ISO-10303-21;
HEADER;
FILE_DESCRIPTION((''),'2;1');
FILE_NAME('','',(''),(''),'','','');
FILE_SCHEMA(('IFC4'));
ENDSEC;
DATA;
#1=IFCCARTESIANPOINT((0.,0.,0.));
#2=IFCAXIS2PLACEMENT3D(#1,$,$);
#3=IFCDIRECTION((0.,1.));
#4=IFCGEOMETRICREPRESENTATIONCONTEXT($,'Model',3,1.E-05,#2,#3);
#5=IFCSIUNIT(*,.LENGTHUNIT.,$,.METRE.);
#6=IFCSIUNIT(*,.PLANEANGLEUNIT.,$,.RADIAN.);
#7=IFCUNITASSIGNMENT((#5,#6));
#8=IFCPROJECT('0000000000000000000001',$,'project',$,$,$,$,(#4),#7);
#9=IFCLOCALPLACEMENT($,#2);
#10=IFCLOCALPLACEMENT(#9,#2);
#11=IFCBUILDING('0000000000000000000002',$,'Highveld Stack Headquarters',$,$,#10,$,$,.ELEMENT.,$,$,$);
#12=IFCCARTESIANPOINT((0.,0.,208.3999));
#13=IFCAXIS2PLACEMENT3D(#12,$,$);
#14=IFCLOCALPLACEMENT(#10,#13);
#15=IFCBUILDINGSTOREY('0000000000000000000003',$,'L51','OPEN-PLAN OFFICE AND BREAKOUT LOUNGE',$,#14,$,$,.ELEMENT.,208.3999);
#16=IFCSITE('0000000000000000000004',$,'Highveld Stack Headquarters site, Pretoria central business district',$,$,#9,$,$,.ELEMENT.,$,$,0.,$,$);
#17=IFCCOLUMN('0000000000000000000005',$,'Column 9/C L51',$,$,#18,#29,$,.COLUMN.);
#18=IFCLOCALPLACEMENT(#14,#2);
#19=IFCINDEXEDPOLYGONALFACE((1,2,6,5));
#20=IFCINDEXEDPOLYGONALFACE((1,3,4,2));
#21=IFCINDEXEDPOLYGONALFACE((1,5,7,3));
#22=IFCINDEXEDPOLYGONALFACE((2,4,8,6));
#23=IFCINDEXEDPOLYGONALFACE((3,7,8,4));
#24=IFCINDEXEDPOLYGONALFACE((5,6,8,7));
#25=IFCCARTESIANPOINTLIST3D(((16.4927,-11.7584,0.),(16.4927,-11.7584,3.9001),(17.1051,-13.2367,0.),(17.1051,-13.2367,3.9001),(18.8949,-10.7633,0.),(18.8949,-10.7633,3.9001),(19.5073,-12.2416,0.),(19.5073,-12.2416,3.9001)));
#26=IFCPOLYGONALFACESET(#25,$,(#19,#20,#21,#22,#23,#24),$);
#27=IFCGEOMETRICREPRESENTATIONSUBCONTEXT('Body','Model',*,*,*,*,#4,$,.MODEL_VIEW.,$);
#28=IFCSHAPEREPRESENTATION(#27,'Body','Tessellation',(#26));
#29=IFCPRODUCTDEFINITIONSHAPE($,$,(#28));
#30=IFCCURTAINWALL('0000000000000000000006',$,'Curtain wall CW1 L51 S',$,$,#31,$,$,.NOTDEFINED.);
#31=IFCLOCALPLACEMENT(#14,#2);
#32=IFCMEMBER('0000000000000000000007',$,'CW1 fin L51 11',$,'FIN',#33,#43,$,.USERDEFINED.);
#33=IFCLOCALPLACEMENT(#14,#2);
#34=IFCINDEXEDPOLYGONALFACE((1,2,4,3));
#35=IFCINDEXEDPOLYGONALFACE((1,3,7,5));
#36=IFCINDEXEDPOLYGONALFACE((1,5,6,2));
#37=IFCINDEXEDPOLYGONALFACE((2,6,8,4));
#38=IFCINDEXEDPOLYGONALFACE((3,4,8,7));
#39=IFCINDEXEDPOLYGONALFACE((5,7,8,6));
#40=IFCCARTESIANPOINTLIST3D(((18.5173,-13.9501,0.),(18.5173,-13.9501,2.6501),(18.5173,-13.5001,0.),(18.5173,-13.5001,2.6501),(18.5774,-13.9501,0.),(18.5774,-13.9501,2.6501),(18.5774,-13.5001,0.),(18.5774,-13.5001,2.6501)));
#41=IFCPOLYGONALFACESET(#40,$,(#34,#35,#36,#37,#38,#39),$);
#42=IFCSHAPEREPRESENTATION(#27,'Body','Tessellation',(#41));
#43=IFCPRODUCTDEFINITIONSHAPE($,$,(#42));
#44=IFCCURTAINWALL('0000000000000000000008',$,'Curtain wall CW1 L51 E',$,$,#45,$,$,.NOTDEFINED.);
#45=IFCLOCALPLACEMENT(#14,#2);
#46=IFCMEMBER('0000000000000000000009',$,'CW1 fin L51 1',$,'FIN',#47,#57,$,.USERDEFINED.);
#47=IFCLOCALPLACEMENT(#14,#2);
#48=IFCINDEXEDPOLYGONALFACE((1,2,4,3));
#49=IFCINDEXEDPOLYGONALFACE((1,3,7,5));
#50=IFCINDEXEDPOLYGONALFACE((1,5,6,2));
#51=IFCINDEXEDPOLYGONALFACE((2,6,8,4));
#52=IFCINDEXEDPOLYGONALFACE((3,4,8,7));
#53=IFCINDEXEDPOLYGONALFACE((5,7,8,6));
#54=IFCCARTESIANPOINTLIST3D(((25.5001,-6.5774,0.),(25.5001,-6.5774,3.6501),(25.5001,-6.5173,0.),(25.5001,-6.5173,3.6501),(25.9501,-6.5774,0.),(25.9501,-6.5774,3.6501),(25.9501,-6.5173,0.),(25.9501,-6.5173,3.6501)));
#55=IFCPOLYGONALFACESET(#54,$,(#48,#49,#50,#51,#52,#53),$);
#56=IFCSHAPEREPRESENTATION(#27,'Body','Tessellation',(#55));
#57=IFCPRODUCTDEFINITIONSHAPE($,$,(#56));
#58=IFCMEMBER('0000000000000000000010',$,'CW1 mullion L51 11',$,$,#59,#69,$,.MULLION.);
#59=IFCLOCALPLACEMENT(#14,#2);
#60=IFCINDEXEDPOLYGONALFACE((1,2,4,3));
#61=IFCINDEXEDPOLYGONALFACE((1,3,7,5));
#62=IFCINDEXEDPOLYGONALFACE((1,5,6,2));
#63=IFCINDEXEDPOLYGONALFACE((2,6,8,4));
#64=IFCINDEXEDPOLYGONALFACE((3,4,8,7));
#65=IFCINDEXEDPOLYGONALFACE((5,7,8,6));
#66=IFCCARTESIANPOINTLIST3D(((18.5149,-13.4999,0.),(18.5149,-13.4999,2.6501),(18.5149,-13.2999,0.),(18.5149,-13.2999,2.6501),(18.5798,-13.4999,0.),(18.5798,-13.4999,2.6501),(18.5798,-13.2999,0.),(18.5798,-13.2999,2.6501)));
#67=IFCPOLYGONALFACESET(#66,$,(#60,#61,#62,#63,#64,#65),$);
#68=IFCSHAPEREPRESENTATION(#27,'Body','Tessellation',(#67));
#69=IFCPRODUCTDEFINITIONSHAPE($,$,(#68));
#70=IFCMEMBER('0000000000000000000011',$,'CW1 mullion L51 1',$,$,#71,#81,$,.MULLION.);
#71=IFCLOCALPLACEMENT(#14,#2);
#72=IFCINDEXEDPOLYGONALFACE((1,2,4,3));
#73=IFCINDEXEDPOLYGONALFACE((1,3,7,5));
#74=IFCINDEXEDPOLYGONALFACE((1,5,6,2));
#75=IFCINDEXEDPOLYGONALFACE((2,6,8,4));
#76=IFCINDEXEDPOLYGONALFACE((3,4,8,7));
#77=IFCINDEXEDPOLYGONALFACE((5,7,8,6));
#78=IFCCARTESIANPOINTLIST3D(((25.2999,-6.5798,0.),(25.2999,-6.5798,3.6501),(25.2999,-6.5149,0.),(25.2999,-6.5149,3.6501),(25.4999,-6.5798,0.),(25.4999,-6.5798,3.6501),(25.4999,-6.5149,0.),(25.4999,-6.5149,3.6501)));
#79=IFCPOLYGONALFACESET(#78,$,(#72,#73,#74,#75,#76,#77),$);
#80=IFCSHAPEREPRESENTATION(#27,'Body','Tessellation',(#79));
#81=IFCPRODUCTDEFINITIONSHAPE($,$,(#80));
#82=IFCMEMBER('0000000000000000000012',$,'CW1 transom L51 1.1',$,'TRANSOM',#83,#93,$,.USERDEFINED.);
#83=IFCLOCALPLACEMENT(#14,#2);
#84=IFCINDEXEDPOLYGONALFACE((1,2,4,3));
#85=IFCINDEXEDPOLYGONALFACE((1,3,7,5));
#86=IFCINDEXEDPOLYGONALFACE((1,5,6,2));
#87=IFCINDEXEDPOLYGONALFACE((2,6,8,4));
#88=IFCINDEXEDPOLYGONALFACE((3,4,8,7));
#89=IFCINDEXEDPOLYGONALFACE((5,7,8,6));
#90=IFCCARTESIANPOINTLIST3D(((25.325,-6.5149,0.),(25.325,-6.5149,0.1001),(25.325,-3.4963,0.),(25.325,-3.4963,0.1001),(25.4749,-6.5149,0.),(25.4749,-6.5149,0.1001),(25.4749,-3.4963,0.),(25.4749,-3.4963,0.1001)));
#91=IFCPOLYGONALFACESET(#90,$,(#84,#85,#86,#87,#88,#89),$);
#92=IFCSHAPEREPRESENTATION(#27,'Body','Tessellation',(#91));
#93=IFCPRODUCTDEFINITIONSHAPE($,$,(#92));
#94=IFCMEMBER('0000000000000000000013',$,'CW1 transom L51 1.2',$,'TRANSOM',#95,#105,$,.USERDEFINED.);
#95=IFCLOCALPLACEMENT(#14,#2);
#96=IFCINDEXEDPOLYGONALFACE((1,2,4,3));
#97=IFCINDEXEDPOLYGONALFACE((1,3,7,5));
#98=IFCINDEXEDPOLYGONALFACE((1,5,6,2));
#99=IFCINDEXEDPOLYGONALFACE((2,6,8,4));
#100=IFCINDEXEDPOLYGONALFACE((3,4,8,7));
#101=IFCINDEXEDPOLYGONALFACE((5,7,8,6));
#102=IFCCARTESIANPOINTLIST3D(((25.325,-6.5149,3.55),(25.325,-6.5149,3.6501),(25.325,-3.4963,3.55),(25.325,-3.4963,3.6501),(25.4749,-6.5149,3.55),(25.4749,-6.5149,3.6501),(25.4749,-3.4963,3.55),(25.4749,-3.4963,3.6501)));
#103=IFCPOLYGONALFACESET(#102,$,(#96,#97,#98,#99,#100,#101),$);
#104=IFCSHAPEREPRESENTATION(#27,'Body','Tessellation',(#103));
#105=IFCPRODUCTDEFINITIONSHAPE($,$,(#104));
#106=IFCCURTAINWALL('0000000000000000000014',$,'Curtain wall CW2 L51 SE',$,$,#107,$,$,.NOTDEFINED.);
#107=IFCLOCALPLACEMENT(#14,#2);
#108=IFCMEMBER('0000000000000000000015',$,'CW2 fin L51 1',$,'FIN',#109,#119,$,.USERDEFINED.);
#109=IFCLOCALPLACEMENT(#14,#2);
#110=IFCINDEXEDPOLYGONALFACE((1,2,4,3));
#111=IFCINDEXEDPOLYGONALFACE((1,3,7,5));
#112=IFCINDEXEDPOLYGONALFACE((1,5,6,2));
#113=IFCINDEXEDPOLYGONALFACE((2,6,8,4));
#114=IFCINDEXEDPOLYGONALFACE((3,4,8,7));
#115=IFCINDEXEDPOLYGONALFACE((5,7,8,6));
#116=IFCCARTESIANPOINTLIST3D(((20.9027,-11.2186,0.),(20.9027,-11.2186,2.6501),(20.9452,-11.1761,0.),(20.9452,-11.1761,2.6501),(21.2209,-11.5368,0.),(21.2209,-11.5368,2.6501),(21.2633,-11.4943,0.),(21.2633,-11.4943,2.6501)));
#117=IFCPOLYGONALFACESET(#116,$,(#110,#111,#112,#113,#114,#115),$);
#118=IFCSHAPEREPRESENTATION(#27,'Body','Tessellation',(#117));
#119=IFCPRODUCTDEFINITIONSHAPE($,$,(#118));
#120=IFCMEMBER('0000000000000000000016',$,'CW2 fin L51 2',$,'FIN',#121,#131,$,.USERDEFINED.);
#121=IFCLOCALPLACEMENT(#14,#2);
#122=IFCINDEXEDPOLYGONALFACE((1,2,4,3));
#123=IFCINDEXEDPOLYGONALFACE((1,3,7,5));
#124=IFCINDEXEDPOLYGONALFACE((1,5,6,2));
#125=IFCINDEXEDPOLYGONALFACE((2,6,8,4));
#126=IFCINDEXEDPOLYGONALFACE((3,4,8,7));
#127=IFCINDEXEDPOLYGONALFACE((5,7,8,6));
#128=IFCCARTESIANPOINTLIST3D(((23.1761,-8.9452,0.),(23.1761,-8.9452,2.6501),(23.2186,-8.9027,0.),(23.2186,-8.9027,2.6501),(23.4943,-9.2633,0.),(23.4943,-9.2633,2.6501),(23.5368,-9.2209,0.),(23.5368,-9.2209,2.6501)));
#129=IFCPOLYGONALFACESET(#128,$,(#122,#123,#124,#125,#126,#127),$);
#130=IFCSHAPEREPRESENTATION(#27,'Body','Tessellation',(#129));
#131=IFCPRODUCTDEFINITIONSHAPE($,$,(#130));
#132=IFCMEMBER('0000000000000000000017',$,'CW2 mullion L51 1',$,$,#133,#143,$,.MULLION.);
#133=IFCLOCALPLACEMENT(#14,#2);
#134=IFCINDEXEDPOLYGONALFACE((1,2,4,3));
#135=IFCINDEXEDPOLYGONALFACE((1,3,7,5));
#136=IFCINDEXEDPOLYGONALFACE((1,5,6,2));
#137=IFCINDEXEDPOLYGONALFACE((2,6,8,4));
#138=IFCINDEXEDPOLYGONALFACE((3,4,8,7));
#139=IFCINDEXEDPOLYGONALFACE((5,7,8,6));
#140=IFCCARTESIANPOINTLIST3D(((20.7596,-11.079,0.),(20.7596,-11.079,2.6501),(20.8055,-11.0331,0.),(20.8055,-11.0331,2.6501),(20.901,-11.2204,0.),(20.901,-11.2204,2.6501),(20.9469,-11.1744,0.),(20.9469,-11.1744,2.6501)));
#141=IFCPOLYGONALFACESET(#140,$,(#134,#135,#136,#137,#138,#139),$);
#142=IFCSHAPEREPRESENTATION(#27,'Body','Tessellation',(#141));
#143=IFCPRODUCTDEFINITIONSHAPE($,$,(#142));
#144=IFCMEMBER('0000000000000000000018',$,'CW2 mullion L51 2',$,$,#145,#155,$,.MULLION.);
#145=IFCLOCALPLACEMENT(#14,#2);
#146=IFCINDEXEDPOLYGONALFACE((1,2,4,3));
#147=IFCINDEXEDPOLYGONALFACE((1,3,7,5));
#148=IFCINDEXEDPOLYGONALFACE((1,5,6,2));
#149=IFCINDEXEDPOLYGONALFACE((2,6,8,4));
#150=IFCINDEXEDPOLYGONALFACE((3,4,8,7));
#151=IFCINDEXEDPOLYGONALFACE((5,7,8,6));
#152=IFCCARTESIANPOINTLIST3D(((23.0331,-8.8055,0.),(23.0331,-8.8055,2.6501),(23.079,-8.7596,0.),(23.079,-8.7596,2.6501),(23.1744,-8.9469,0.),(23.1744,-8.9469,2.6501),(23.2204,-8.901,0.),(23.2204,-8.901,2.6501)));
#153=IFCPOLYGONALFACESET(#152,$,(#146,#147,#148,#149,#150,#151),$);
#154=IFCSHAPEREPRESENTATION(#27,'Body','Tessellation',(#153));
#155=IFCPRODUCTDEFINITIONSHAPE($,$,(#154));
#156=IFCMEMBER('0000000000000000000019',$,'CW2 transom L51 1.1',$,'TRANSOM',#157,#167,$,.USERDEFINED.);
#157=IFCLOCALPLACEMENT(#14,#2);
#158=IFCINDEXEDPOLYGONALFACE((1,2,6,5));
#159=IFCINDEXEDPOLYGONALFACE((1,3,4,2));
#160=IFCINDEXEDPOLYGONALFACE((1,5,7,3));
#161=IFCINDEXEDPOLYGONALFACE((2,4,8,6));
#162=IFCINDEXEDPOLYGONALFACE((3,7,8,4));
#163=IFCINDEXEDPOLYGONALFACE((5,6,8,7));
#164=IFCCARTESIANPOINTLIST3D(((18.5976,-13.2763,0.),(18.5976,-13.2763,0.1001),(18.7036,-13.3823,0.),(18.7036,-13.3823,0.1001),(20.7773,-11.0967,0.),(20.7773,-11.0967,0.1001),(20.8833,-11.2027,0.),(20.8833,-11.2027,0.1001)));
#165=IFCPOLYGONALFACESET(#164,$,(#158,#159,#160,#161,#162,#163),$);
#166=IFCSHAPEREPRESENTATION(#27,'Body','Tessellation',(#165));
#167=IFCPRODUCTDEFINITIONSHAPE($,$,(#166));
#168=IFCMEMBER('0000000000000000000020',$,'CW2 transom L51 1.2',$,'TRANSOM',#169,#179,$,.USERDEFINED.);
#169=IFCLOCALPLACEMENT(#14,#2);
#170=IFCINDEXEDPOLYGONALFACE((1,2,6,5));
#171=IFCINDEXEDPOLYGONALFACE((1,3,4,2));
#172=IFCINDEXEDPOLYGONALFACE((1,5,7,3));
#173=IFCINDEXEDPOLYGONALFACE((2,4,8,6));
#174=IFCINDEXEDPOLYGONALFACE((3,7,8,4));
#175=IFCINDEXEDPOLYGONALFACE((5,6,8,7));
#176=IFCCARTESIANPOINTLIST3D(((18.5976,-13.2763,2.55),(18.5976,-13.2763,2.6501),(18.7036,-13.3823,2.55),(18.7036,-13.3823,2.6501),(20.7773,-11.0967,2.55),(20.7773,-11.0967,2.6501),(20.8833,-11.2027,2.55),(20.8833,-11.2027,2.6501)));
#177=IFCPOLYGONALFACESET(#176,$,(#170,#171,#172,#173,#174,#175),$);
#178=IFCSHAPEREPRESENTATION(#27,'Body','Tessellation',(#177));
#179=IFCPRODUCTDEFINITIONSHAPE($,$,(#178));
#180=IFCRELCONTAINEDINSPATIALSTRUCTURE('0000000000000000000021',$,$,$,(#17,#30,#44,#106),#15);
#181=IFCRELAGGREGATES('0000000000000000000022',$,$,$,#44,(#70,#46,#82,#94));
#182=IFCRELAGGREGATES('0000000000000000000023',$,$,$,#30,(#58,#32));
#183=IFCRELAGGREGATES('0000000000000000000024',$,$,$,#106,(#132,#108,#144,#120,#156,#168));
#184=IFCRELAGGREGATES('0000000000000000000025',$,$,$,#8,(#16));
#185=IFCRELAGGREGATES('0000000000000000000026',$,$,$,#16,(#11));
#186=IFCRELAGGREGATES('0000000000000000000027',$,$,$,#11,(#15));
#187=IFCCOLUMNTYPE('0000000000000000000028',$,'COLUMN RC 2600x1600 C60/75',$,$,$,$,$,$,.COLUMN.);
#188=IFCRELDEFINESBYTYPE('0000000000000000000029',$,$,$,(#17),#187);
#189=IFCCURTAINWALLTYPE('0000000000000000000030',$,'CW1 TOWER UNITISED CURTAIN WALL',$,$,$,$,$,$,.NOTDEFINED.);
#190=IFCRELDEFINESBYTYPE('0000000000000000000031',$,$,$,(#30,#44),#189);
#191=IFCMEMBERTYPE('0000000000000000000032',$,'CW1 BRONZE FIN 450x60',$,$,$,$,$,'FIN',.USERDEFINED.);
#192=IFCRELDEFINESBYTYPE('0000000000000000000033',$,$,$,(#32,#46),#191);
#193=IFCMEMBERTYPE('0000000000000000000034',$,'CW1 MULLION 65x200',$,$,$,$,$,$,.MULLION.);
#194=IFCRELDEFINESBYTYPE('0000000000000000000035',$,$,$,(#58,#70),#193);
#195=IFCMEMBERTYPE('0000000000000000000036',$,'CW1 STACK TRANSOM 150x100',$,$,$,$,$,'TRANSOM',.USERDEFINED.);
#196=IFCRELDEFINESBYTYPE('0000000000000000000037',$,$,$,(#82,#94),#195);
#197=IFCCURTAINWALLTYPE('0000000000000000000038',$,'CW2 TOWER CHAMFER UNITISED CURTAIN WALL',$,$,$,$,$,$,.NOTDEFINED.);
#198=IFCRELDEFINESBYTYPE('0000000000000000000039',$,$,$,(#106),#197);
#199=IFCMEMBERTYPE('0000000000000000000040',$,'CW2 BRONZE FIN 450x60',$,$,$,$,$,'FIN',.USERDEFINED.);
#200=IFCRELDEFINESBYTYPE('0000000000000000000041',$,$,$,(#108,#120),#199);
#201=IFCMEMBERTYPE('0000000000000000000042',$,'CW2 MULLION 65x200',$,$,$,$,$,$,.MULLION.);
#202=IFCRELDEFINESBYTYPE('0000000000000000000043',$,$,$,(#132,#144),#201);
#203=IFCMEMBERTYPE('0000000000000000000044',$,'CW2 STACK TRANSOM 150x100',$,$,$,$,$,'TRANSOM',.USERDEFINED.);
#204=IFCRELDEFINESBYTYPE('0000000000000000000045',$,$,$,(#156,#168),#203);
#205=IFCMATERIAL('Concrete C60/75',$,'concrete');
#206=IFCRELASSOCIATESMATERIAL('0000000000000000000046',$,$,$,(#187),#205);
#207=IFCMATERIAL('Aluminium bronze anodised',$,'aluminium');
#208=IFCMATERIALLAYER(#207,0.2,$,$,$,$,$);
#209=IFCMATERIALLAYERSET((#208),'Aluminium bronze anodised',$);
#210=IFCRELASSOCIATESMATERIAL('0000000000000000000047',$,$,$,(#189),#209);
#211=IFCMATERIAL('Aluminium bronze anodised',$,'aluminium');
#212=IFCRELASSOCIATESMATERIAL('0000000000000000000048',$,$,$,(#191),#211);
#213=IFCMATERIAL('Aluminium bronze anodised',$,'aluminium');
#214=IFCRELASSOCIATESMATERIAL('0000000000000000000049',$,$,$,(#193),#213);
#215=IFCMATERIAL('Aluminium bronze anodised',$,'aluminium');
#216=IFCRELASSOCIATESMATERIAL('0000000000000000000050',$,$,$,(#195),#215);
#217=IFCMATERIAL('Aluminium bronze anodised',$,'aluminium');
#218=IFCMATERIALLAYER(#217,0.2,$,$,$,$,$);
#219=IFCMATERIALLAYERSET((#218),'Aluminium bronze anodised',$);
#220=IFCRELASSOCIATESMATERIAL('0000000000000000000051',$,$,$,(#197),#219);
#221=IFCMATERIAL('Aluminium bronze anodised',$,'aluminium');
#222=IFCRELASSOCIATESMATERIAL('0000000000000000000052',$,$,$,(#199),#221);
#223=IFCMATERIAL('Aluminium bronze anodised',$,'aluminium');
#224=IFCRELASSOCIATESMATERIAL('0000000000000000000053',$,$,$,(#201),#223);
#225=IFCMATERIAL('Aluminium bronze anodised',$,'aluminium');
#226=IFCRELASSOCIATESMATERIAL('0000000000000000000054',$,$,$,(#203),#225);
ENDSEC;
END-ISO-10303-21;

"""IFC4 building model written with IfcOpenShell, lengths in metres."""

from ifc_helpers import new_model, si_unit, direction, frame, origin, origin_2d, place, context, subcontext, project, spatial, rectangle, extrude, material, layer, layer_set, material_profile, profile_set, type_object, element, aggregate, save


model = new_model("IFC4")

# Units and contexts
model_context = context("Model", 3, precision=1e-05, world=origin(), true_north=direction((0.0, 1.0)))
body_context = subcontext(model_context, "Body", "Model", "MODEL_VIEW")
ifc_project = project(units=[si_unit("LENGTHUNIT", "METRE"), si_unit("PLANEANGLEUNIT", "RADIAN")], contexts=[model_context])

# Site, building, storey
site_placement = place(None, origin())
site = spatial("IfcSite", under=ifc_project, at=site_placement, Name="Highveld Stack Headquarters site, Pretoria central business district", CompositionType="ELEMENT", RefElevation=0.0)
building_placement = place(site_placement, origin())
building = spatial("IfcBuilding", under=site, at=building_placement, Name="Highveld Stack Headquarters", CompositionType="ELEMENT")
storey_placement = place(building_placement, frame((0.0, 0.0, 208.3999)))
storey = spatial("IfcBuildingStorey", under=building, at=storey_placement, Name="L51", Description="OPEN-PLAN OFFICE AND BREAKOUT LOUNGE", CompositionType="ELEMENT", Elevation=208.3999)

# Column
ifc_material_1 = material(Name="Concrete C60/75", Category="concrete")
ifc_material_profile_1 = material_profile(ifc_material_1, rectangle(XDim=2.6001, YDim=1.6001, at=origin_2d()), Name="RC 2600x1600")
ifc_profile_set_1 = profile_set([ifc_material_profile_1], Name="Concrete C60/75")
column_type = type_object("IfcColumnType", Name="COLUMN RC 2600x1600 C60/75", PredefinedType="COLUMN", material=ifc_profile_set_1)
column_placement = place(storey_placement, frame((18.0, -12.0, 0.0), z_axis=(0.0, 0.0, 1.0), x_axis=(-0.92388, -0.382683, 0.0)))
element("IfcColumn", 1, at=column_placement, inside=storey, type_object=column_type, Name="Column 9/C L51", PredefinedType="COLUMN", context=body_context, shape_type="SweptSolid", body=[
    extrude(rectangle(XDim=2.6001, YDim=1.6001, at=origin_2d()), origin(), (0.0, 0.0, 1.0), 3.9001),
])

# Curtain walls, members
ifc_material_2 = material(Name="Aluminium bronze anodised", Category="aluminium")
ifc_layer_1 = layer(ifc_material_2, 0.2)
ifc_layer_set_1 = layer_set([ifc_layer_1], Name="Aluminium bronze anodised")
curtain_wall_type_1 = type_object("IfcCurtainWallType", Name="CW1 TOWER UNITISED CURTAIN WALL", PredefinedType="NOTDEFINED", material=ifc_layer_set_1)
curtain_wall_1_placement = place(storey_placement, origin())
curtain_wall_1 = element("IfcCurtainWall", 2, at=curtain_wall_1_placement, inside=storey, type_object=curtain_wall_type_1, Name="Curtain wall CW1 L51 S", PredefinedType="NOTDEFINED")
ifc_material_3 = material(Name="Aluminium bronze anodised", Category="aluminium")
ifc_material_profile_2 = material_profile(ifc_material_3, rectangle(XDim=0.45, YDim=0.0601, at=origin_2d()), Name="FIN 450x60")
ifc_profile_set_2 = profile_set([ifc_material_profile_2], Name="Aluminium bronze anodised")
member_type_1 = type_object("IfcMemberType", Name="CW1 BRONZE FIN 450x60", ElementType="FIN", PredefinedType="USERDEFINED", material=ifc_profile_set_2)
member_1_placement = place(storey_placement, frame((18.5474, -13.7251, 0.0), z_axis=(0.0, 0.0, 1.0), x_axis=(0.0, 1.0, 0.0)))
member_1 = element("IfcMember", 3, at=member_1_placement, type_object=member_type_1, Name="CW1 fin L51 11", ObjectType="FIN", PredefinedType="USERDEFINED", context=body_context, shape_type="SweptSolid", body=[
    extrude(rectangle(XDim=0.45, YDim=0.0601, at=origin_2d()), origin(), (0.0, 0.0, 1.0), 2.6501),
])
curtain_wall_2_placement = place(storey_placement, origin())
curtain_wall_2 = element("IfcCurtainWall", 4, at=curtain_wall_2_placement, inside=storey, type_object=curtain_wall_type_1, Name="Curtain wall CW1 L51 E", PredefinedType="NOTDEFINED")
member_2_placement = place(storey_placement, frame((25.7251, -6.5474, 0.0), z_axis=(0.0, 0.0, 1.0), x_axis=(-1.0, 0.0, 0.0)))
member_2 = element("IfcMember", 5, at=member_2_placement, type_object=member_type_1, Name="CW1 fin L51 1", ObjectType="FIN", PredefinedType="USERDEFINED", context=body_context, shape_type="SweptSolid", body=[
    extrude(rectangle(XDim=0.45, YDim=0.0601, at=origin_2d()), origin(), (0.0, 0.0, 1.0), 3.6501),
])

# Members
ifc_material_4 = material(Name="Aluminium bronze anodised", Category="aluminium")
ifc_material_profile_3 = material_profile(ifc_material_4, rectangle(XDim=0.2, YDim=0.0649, at=origin_2d()), Name="CW1 MULLION 65x200")
ifc_profile_set_3 = profile_set([ifc_material_profile_3], Name="Aluminium bronze anodised")
member_type_2 = type_object("IfcMemberType", Name="CW1 MULLION 65x200", PredefinedType="MULLION", material=ifc_profile_set_3)
member_3_placement = place(storey_placement, frame((18.5474, -13.3999, 0.0), z_axis=(0.0, 0.0, 1.0), x_axis=(0.0, 1.0, 0.0)))
member_3 = element("IfcMember", 6, at=member_3_placement, type_object=member_type_2, Name="CW1 mullion L51 11", PredefinedType="MULLION", context=body_context, shape_type="SweptSolid", body=[
    extrude(rectangle(XDim=0.2, YDim=0.0649, at=origin_2d()), origin(), (0.0, 0.0, 1.0), 2.6501),
])
member_4_placement = place(storey_placement, frame((25.3999, -6.5474, 0.0), z_axis=(0.0, 0.0, 1.0), x_axis=(-1.0, 0.0, 0.0)))
member_4 = element("IfcMember", 7, at=member_4_placement, type_object=member_type_2, Name="CW1 mullion L51 1", PredefinedType="MULLION", context=body_context, shape_type="SweptSolid", body=[
    extrude(rectangle(XDim=0.2, YDim=0.0649, at=origin_2d()), origin(), (0.0, 0.0, 1.0), 3.6501),
])
ifc_material_5 = material(Name="Aluminium bronze anodised", Category="aluminium")
ifc_material_profile_4 = material_profile(ifc_material_5, rectangle(XDim=0.1499, YDim=0.1001, at=origin_2d()), Name="CW1 TRANSOM 150x100")
ifc_profile_set_4 = profile_set([ifc_material_profile_4], Name="Aluminium bronze anodised")
member_type_3 = type_object("IfcMemberType", Name="CW1 STACK TRANSOM 150x100", ElementType="TRANSOM", PredefinedType="USERDEFINED", material=ifc_profile_set_4)
member_5_placement = place(storey_placement, frame((25.3999, -6.5149, 0.05), z_axis=(0.0, 1.0, 0.0), x_axis=(-1.0, 0.0, 0.0)))
member_5 = element("IfcMember", 8, at=member_5_placement, type_object=member_type_3, Name="CW1 transom L51 1.1", ObjectType="TRANSOM", PredefinedType="USERDEFINED", context=body_context, shape_type="SweptSolid", body=[
    extrude(rectangle(XDim=0.1499, YDim=0.1001, at=origin_2d()), origin(), (0.0, 0.0, 1.0), 3.0186),
])
member_6_placement = place(storey_placement, frame((25.3999, -6.5149, 3.6001), z_axis=(0.0, 1.0, 0.0), x_axis=(-1.0, 0.0, 0.0)))
member_6 = element("IfcMember", 9, at=member_6_placement, type_object=member_type_3, Name="CW1 transom L51 1.2", ObjectType="TRANSOM", PredefinedType="USERDEFINED", context=body_context, shape_type="SweptSolid", body=[
    extrude(rectangle(XDim=0.1499, YDim=0.1001, at=origin_2d()), origin(), (0.0, 0.0, 1.0), 3.0186),
])
aggregate(curtain_wall_2, [member_4, member_2, member_5, member_6])

# Curtain wall, members
ifc_material_6 = material(Name="Aluminium bronze anodised", Category="aluminium")
ifc_layer_2 = layer(ifc_material_6, 0.2)
ifc_layer_set_2 = layer_set([ifc_layer_2], Name="Aluminium bronze anodised")
curtain_wall_type_2 = type_object("IfcCurtainWallType", Name="CW2 TOWER CHAMFER UNITISED CURTAIN WALL", PredefinedType="NOTDEFINED", material=ifc_layer_set_2)
curtain_wall_3_placement = place(storey_placement, origin())
curtain_wall_3 = element("IfcCurtainWall", 10, at=curtain_wall_3_placement, inside=storey, type_object=curtain_wall_type_2, Name="Curtain wall CW2 L51 SE", PredefinedType="NOTDEFINED")
ifc_material_7 = material(Name="Aluminium bronze anodised", Category="aluminium")
ifc_material_profile_5 = material_profile(ifc_material_7, rectangle(XDim=0.45, YDim=0.0601, at=origin_2d()), Name="FIN 450x60")
ifc_profile_set_5 = profile_set([ifc_material_profile_5], Name="Aluminium bronze anodised")
member_type_4 = type_object("IfcMemberType", Name="CW2 BRONZE FIN 450x60", ElementType="FIN", PredefinedType="USERDEFINED", material=ifc_profile_set_5)
member_7_placement = place(storey_placement, frame((21.083, -11.3564, 0.0), z_axis=(0.0, 0.0, 1.0), x_axis=(-0.707107, 0.707107, 0.0)))
member_7 = element("IfcMember", 11, at=member_7_placement, type_object=member_type_4, Name="CW2 fin L51 1", ObjectType="FIN", PredefinedType="USERDEFINED", context=body_context, shape_type="SweptSolid", body=[
    extrude(rectangle(XDim=0.45, YDim=0.0601, at=origin_2d()), origin(), (0.0, 0.0, 1.0), 2.6501),
])
member_8_placement = place(storey_placement, frame((23.3564, -9.083, 0.0), z_axis=(0.0, 0.0, 1.0), x_axis=(-0.707107, 0.707107, 0.0)))
member_8 = element("IfcMember", 12, at=member_8_placement, type_object=member_type_4, Name="CW2 fin L51 2", ObjectType="FIN", PredefinedType="USERDEFINED", context=body_context, shape_type="SweptSolid", body=[
    extrude(rectangle(XDim=0.45, YDim=0.0601, at=origin_2d()), origin(), (0.0, 0.0, 1.0), 2.6501),
])
ifc_material_8 = material(Name="Aluminium bronze anodised", Category="aluminium")
ifc_material_profile_6 = material_profile(ifc_material_8, rectangle(XDim=0.2, YDim=0.0649, at=origin_2d()), Name="CW2 MULLION 65x200")
ifc_profile_set_6 = profile_set([ifc_material_profile_6], Name="Aluminium bronze anodised")
member_type_5 = type_object("IfcMemberType", Name="CW2 MULLION 65x200", PredefinedType="MULLION", material=ifc_profile_set_6)
member_9_placement = place(storey_placement, frame((20.8533, -11.1267, 0.0), z_axis=(0.0, 0.0, 1.0), x_axis=(-0.707107, 0.707107, 0.0)))
member_9 = element("IfcMember", 13, at=member_9_placement, type_object=member_type_5, Name="CW2 mullion L51 1", PredefinedType="MULLION", context=body_context, shape_type="SweptSolid", body=[
    extrude(rectangle(XDim=0.2, YDim=0.0649, at=origin_2d()), origin(), (0.0, 0.0, 1.0), 2.6501),
])
member_10_placement = place(storey_placement, frame((23.1267, -8.8533, 0.0), z_axis=(0.0, 0.0, 1.0), x_axis=(-0.707107, 0.707107, 0.0)))
member_10 = element("IfcMember", 14, at=member_10_placement, type_object=member_type_5, Name="CW2 mullion L51 2", PredefinedType="MULLION", context=body_context, shape_type="SweptSolid", body=[
    extrude(rectangle(XDim=0.2, YDim=0.0649, at=origin_2d()), origin(), (0.0, 0.0, 1.0), 2.6501),
])
ifc_material_9 = material(Name="Aluminium bronze anodised", Category="aluminium")
ifc_material_profile_7 = material_profile(ifc_material_9, rectangle(XDim=0.1499, YDim=0.1001, at=origin_2d()), Name="CW2 TRANSOM 150x100")
ifc_profile_set_7 = profile_set([ifc_material_profile_7], Name="Aluminium bronze anodised")
member_type_6 = type_object("IfcMemberType", Name="CW2 STACK TRANSOM 150x100", ElementType="TRANSOM", PredefinedType="USERDEFINED", material=ifc_profile_set_7)
member_11_placement = place(storey_placement, frame((18.6506, -13.3293, 0.05), z_axis=(0.707107, 0.707107, 0.0), x_axis=(-0.707107, 0.707107, 0.0)))
member_11 = element("IfcMember", 15, at=member_11_placement, type_object=member_type_6, Name="CW2 transom L51 1.1", ObjectType="TRANSOM", PredefinedType="USERDEFINED", context=body_context, shape_type="SweptSolid", body=[
    extrude(rectangle(XDim=0.1499, YDim=0.1001, at=origin_2d()), origin(), (0.0, 0.0, 1.0), 3.0825),
])
member_12_placement = place(storey_placement, frame((18.6506, -13.3293, 2.6001), z_axis=(0.707107, 0.707107, 0.0), x_axis=(-0.707107, 0.707107, 0.0)))
member_12 = element("IfcMember", 16, at=member_12_placement, type_object=member_type_6, Name="CW2 transom L51 1.2", ObjectType="TRANSOM", PredefinedType="USERDEFINED", context=body_context, shape_type="SweptSolid", body=[
    extrude(rectangle(XDim=0.1499, YDim=0.1001, at=origin_2d()), origin(), (0.0, 0.0, 1.0), 3.0825),
])

aggregate(curtain_wall_1, [member_3, member_1])
aggregate(curtain_wall_3, [member_9, member_7, member_10, member_8, member_11, member_12])

save(model, "model.ifc")
